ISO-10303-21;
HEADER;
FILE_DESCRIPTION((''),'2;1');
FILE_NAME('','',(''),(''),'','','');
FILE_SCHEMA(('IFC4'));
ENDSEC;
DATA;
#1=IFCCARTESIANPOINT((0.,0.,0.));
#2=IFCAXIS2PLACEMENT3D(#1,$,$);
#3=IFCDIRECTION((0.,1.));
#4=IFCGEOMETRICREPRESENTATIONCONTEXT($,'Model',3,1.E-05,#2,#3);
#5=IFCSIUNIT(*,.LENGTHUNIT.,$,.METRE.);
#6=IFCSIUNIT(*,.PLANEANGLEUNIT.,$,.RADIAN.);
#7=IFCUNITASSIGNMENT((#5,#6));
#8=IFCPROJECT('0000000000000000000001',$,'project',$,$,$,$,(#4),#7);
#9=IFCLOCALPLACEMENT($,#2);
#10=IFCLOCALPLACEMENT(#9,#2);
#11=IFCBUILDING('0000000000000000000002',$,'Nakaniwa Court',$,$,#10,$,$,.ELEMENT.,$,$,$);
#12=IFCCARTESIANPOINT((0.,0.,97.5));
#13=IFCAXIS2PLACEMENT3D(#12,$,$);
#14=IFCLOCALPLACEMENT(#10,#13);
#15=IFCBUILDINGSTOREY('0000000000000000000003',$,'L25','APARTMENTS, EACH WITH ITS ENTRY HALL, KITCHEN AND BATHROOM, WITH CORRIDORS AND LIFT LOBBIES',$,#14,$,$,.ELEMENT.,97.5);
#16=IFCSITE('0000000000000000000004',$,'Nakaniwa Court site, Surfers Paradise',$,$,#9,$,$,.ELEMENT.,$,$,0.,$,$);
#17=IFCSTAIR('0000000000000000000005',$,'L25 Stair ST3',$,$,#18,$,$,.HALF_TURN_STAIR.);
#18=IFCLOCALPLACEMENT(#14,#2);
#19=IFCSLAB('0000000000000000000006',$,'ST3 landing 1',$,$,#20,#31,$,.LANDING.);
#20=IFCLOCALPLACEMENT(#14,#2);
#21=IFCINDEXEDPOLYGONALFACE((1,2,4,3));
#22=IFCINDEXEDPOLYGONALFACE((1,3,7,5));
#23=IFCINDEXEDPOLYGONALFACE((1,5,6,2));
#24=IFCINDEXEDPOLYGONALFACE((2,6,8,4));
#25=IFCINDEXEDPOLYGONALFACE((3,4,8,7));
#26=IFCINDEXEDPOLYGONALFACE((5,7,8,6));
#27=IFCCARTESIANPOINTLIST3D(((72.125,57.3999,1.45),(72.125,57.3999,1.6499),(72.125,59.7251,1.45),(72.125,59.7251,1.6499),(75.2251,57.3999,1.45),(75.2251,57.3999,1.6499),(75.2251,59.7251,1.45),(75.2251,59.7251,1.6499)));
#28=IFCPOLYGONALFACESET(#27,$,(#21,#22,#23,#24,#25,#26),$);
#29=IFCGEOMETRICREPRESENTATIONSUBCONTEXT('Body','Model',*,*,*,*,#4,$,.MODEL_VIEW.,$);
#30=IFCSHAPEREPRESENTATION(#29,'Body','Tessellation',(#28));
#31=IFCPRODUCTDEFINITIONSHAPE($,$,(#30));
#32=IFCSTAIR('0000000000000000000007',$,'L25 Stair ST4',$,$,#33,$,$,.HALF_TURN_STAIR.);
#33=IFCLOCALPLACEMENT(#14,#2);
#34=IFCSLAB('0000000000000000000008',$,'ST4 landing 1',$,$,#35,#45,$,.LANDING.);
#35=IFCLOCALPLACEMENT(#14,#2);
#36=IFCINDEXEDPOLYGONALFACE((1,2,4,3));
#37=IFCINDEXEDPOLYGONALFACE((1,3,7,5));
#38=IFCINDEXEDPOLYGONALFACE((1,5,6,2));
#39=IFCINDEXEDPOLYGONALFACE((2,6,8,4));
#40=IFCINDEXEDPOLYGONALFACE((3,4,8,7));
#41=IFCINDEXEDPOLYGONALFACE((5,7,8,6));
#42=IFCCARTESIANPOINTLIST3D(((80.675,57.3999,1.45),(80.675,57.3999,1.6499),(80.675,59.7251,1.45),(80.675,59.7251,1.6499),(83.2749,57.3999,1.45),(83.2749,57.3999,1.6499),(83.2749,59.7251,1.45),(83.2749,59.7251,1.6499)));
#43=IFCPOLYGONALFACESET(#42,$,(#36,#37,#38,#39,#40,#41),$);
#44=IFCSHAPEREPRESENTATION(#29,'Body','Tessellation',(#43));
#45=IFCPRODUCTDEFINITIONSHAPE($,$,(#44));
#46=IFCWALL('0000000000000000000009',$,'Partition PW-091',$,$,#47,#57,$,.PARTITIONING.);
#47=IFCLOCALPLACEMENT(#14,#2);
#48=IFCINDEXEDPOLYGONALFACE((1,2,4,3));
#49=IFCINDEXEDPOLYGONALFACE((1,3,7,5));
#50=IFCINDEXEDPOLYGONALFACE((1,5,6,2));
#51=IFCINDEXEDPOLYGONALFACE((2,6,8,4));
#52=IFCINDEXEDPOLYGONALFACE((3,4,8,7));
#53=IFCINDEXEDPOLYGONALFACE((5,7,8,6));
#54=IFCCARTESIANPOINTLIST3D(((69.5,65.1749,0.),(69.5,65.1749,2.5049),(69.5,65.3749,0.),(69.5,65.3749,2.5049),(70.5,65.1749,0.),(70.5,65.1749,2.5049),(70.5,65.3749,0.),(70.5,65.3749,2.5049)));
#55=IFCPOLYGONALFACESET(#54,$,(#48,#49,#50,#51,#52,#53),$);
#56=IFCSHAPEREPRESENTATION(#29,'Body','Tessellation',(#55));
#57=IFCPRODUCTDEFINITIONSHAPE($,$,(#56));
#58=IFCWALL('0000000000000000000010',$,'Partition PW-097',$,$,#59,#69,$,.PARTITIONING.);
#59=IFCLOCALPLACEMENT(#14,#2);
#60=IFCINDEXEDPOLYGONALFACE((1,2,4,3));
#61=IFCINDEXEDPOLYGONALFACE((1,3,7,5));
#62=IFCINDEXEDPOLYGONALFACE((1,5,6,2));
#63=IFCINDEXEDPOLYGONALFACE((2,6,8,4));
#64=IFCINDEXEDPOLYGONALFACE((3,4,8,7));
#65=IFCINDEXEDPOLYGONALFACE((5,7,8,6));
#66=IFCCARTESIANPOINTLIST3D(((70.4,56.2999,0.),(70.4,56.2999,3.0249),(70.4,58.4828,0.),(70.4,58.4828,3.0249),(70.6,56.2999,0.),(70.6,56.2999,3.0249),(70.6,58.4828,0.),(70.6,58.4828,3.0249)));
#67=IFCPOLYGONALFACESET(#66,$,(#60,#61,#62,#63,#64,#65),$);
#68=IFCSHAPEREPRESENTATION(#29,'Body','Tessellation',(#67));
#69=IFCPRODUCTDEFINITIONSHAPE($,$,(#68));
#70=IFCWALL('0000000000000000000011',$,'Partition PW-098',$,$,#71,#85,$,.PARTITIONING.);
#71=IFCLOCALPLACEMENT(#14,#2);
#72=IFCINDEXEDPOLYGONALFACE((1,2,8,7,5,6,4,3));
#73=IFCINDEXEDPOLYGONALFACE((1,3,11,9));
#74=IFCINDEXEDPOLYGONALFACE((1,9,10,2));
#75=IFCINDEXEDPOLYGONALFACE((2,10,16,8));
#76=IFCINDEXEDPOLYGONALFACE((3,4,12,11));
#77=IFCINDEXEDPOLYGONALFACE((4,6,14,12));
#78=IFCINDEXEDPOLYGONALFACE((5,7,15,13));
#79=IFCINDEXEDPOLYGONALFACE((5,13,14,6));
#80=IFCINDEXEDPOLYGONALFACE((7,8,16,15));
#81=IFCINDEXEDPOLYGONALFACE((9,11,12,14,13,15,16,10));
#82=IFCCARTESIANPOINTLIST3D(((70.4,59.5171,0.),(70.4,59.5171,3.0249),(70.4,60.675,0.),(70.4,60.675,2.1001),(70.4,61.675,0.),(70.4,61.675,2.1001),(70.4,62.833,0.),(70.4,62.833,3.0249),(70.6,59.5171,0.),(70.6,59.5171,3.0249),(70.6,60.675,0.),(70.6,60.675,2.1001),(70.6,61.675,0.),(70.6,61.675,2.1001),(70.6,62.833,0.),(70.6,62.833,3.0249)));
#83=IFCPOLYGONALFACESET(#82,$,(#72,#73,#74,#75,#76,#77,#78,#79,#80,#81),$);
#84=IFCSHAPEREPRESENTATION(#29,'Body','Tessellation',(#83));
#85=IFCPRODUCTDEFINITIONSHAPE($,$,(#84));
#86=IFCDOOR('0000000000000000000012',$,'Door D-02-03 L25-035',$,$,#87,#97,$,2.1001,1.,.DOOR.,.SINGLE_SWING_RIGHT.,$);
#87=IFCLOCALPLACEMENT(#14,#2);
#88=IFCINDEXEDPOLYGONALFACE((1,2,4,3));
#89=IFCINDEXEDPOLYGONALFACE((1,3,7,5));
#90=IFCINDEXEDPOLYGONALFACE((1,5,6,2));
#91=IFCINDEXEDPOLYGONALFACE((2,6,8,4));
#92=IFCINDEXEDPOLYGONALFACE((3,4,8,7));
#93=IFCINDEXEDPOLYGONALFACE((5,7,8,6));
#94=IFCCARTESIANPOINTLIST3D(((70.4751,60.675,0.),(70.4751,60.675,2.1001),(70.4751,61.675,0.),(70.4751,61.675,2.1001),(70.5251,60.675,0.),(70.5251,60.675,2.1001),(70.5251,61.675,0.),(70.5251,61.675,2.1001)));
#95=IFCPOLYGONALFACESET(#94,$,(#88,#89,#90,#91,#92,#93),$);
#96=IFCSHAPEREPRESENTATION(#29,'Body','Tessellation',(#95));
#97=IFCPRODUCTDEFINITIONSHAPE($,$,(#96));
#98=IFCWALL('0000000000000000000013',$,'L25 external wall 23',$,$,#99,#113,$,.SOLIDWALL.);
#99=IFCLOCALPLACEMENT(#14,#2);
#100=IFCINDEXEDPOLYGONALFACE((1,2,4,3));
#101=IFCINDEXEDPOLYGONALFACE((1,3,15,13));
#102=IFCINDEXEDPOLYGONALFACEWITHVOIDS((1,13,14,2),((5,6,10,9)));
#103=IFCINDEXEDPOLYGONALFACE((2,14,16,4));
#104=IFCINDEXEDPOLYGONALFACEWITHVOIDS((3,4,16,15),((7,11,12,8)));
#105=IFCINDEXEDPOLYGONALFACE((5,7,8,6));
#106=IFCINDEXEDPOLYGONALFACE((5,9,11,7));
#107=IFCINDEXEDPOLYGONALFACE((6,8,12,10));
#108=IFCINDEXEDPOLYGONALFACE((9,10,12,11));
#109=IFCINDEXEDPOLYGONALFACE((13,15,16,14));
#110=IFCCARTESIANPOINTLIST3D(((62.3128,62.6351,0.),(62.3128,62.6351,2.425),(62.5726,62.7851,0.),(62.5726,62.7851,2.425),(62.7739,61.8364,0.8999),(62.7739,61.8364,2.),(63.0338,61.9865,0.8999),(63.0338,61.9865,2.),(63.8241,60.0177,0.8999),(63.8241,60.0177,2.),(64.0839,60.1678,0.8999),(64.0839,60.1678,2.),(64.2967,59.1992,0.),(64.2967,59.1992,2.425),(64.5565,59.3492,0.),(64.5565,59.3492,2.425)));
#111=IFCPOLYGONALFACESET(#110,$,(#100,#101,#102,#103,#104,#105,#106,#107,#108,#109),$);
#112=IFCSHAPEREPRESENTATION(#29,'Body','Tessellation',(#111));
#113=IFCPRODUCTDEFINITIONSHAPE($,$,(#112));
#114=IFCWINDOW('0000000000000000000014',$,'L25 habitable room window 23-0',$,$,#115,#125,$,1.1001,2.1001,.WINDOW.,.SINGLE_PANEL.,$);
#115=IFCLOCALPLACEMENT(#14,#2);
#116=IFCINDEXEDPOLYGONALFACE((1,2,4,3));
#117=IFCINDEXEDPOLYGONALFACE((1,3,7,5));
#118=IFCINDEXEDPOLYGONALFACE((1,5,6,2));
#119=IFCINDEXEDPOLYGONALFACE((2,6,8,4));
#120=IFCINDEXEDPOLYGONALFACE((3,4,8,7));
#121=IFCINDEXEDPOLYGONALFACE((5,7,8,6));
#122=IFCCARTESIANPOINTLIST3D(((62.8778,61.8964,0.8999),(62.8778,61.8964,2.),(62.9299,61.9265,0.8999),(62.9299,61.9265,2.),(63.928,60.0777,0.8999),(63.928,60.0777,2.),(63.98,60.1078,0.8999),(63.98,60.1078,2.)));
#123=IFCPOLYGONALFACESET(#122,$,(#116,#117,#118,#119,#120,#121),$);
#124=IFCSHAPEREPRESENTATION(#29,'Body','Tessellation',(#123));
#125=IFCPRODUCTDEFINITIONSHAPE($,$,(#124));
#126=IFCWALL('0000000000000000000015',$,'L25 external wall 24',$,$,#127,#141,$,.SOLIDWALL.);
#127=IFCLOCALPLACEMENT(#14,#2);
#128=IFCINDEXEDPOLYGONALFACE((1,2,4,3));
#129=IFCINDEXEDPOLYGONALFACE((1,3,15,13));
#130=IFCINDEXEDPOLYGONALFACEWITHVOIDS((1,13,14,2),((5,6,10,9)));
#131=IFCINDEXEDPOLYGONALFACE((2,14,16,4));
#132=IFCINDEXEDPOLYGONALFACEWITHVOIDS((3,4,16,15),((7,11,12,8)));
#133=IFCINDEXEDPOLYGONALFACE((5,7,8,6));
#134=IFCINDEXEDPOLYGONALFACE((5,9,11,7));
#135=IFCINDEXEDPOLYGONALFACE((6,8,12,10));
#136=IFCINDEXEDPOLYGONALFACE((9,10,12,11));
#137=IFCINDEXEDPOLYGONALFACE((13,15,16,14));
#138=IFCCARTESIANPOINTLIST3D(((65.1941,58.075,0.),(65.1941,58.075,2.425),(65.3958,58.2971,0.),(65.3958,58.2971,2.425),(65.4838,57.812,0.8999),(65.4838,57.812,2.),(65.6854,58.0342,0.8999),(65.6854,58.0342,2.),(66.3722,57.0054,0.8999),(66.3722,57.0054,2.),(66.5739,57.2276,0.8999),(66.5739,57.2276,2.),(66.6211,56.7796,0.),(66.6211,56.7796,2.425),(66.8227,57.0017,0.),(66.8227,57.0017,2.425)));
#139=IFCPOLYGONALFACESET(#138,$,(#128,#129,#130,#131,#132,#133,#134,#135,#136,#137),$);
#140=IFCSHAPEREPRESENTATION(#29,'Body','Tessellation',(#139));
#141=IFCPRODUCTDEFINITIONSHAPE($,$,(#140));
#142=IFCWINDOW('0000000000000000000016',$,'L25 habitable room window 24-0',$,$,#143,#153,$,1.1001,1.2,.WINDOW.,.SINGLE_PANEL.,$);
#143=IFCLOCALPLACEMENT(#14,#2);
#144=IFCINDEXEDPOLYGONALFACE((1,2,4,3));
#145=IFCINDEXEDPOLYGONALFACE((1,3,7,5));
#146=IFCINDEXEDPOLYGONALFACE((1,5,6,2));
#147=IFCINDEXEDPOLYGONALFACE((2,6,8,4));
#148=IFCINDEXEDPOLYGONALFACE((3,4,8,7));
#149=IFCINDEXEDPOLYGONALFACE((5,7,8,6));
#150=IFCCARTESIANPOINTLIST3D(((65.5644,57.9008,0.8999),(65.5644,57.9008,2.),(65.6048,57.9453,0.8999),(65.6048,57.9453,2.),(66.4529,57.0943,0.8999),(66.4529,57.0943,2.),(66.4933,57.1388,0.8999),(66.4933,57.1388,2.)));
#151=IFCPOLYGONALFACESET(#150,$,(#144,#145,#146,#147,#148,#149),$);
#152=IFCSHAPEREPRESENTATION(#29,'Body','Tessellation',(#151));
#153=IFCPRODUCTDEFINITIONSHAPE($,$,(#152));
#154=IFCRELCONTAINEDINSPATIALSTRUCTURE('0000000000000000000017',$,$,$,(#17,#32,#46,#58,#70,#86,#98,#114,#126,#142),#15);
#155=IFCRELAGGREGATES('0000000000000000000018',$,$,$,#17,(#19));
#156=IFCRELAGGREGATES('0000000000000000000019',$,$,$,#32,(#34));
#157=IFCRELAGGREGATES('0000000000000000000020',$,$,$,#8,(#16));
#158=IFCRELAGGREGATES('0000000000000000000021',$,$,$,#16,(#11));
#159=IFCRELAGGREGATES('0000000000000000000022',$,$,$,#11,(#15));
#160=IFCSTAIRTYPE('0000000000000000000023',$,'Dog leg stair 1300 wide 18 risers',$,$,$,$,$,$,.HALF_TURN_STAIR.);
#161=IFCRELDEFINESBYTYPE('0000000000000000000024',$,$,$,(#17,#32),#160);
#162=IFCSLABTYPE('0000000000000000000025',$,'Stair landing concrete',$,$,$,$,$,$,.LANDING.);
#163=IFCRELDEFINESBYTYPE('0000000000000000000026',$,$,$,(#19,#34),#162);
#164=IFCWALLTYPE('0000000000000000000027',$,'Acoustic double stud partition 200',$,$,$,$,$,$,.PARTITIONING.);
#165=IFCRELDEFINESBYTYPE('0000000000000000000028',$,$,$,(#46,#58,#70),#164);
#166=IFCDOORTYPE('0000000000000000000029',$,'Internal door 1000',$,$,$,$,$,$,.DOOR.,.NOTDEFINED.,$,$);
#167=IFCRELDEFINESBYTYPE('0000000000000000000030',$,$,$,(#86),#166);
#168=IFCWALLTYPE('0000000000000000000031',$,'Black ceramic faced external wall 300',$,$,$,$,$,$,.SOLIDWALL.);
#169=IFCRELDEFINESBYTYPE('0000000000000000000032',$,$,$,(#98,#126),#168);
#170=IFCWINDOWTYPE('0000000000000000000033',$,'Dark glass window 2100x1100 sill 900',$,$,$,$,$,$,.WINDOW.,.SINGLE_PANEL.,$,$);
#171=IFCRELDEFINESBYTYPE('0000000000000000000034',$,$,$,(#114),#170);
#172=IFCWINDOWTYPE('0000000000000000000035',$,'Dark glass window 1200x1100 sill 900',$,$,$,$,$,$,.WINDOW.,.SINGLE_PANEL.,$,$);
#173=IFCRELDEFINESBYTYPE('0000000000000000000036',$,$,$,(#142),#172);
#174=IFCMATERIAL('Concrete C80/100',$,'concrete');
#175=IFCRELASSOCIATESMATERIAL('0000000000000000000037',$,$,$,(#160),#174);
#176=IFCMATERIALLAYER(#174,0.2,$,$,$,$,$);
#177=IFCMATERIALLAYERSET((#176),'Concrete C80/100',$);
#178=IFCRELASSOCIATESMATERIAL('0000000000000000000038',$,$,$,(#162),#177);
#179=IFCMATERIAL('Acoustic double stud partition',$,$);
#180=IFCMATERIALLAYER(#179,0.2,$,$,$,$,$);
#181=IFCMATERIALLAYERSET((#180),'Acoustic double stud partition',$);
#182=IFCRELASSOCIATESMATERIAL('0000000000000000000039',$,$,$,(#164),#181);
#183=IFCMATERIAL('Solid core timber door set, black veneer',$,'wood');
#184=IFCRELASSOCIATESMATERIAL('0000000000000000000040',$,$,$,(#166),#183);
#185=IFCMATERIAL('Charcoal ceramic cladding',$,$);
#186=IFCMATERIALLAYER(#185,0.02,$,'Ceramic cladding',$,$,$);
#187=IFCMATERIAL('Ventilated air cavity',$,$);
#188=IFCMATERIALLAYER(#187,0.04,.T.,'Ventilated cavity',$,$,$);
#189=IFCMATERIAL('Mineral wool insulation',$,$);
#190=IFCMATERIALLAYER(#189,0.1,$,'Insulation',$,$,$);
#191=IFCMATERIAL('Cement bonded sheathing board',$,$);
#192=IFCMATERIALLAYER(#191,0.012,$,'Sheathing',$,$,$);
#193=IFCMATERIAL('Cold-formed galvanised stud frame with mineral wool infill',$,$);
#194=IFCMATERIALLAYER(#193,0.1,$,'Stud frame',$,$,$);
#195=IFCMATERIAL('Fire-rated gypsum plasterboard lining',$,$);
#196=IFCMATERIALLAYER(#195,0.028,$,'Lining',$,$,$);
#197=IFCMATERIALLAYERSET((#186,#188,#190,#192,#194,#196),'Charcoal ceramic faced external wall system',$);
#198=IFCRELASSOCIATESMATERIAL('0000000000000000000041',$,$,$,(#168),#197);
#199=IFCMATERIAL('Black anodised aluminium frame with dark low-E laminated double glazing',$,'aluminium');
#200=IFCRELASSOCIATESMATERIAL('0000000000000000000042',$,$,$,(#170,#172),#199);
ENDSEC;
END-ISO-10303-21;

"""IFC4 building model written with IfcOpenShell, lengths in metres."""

from ifc_helpers import new_model, si_unit, direction, frame, frame_2d, origin, place, context, subcontext, project, spatial, polyline, rectangle, outline, extrude, material, layer, layer_set, type_object, element, fill, aggregate, save


model = new_model("IFC4")

# Units and contexts
model_context = context("Model", 3, precision=1e-05, world=origin(), true_north=direction((0.0, 1.0)))
body_context = subcontext(model_context, "Body", "Model", "MODEL_VIEW")
ifc_project = project(units=[si_unit("LENGTHUNIT", "METRE"), si_unit("PLANEANGLEUNIT", "RADIAN")], contexts=[model_context])

# Site, building, storey
site_placement = place(None, origin())
site = spatial("IfcSite", under=ifc_project, at=site_placement, Name="Nakaniwa Court site, Surfers Paradise", CompositionType="ELEMENT", RefElevation=0.0)
building_placement = place(site_placement, origin())
building = spatial("IfcBuilding", under=site, at=building_placement, Name="Nakaniwa Court", CompositionType="ELEMENT")
storey_placement = place(building_placement, frame((0.0, 0.0, 97.5)))
storey = spatial("IfcBuildingStorey", under=building, at=storey_placement, Name="L25", Description="APARTMENTS, EACH WITH ITS ENTRY HALL, KITCHEN AND BATHROOM, WITH CORRIDORS AND LIFT LOBBIES", CompositionType="ELEMENT", Elevation=97.5)

# Shared definitions
ifc_material_1 = material(Name="Concrete C80/100", Category="concrete")

# Stairs, slabs
stair_type = type_object("IfcStairType", Name="Dog leg stair 1300 wide 18 risers", PredefinedType="HALF_TURN_STAIR", material=ifc_material_1)
ifc_layer_1 = layer(ifc_material_1, 0.2)
ifc_layer_set_1 = layer_set([ifc_layer_1], Name="Concrete C80/100")
slab_type_1 = type_object("IfcSlabType", Name="Stair landing concrete", PredefinedType="LANDING", material=ifc_layer_set_1)
stair_1_placement = place(storey_placement, origin())
stair_1 = element("IfcStair", 1, at=stair_1_placement, inside=storey, type_object=stair_type, Name="L25 Stair ST3", PredefinedType="HALF_TURN_STAIR")
slab_1_placement = place(storey_placement, frame((0.0, 0.0, 1.45)))
slab_1 = element("IfcSlab", 2, at=slab_1_placement, type_object=slab_type_1, Name="ST3 landing 1", PredefinedType="LANDING", context=body_context, shape_type="SweptSolid", body=[
    extrude(outline(polyline([(75.2251, 57.3999), (75.2251, 59.7251), (72.125, 59.7251), (72.125, 57.3999), (75.2251, 57.3999)])), origin(), (0.0, 0.0, 1.0), 0.2),
])
aggregate(stair_1, [slab_1])
stair_2_placement = place(storey_placement, origin())
stair_2 = element("IfcStair", 3, at=stair_2_placement, inside=storey, type_object=stair_type, Name="L25 Stair ST4", PredefinedType="HALF_TURN_STAIR")
slab_2_placement = place(storey_placement, frame((0.0, 0.0, 1.45)))
slab_2 = element("IfcSlab", 4, at=slab_2_placement, type_object=slab_type_1, Name="ST4 landing 1", PredefinedType="LANDING", context=body_context, shape_type="SweptSolid", body=[
    extrude(outline(polyline([(83.2749, 57.3999), (83.2749, 59.7251), (80.675, 59.7251), (80.675, 57.3999), (83.2749, 57.3999)])), origin(), (0.0, 0.0, 1.0), 0.2),
])
aggregate(stair_2, [slab_2])

# Walls
ifc_material_2 = material(Name="Acoustic double stud partition")
ifc_layer_2 = layer(ifc_material_2, 0.2)
ifc_layer_set_2 = layer_set([ifc_layer_2], Name="Acoustic double stud partition")
wall_type_1 = type_object("IfcWallType", Name="Acoustic double stud partition 200", PredefinedType="PARTITIONING", material=ifc_layer_set_2)
wall_1_placement = place(storey_placement, frame((69.5, 65.2749, 0.0), z_axis=(0.0, 0.0, 1.0), x_axis=(1.0, 0.0, 0.0)))
element("IfcWall", 5, at=wall_1_placement, inside=storey, type_object=wall_type_1, Name="Partition PW-091", PredefinedType="PARTITIONING", context=body_context, shape_type="SweptSolid", body=[
    extrude(rectangle(XDim=1.0, YDim=0.2, at=frame_2d((0.5, 0.0))), origin(), (0.0, 0.0, 1.0), 2.5049),
])
wall_2_placement = place(storey_placement, frame((70.5, 56.3, 0.0), z_axis=(0.0, 0.0, 1.0), x_axis=(0.0, 1.0, 0.0)))
element("IfcWall", 6, at=wall_2_placement, inside=storey, type_object=wall_type_1, Name="Partition PW-097", PredefinedType="PARTITIONING", context=body_context, shape_type="SweptSolid", body=[
    extrude(rectangle(XDim=2.1829, YDim=0.2, at=frame_2d((1.0913, 0.0))), origin(), (0.0, 0.0, 1.0), 3.0249),
])

# Wall, opening, door
wall_3_placement = place(storey_placement, frame((70.5, 59.5171, 0.0), z_axis=(0.0, 0.0, 1.0), x_axis=(0.0, 1.0, 0.0)))
wall_3 = element("IfcWall", 7, at=wall_3_placement, inside=storey, type_object=wall_type_1, Name="Partition PW-098", PredefinedType="PARTITIONING", context=body_context, shape_type="SweptSolid", body=[
    extrude(rectangle(XDim=3.3159, YDim=0.2, at=frame_2d((1.658, 0.0))), origin(), (0.0, 0.0, 1.0), 3.0249),
])
opening_1_placement = place(wall_3_placement, frame((1.158, 0.0, 0.0)))
opening_1 = element("IfcOpeningElement", 8, at=opening_1_placement, cuts=wall_3, PredefinedType="OPENING", context=body_context, shape_type="SweptSolid", body=[
    extrude(rectangle(XDim=1.0, YDim=2.1001, at=frame_2d((0.5, 1.05))), frame((0.0, 0.1099, 0.0), z_axis=(0.0, -1.0, 0.0), x_axis=(1.0, 0.0, 0.0)), (0.0, 0.0, 1.0), 0.22),
])
ifc_material_3 = material(Name="Solid core timber door set, black veneer", Category="wood")
door_type = type_object("IfcDoorType", Name="Internal door 1000", OperationType="NOTDEFINED", PredefinedType="DOOR", material=ifc_material_3)
door_placement = place(opening_1_placement, origin())
door = element("IfcDoor", 9, at=door_placement, inside=storey, type_object=door_type, Name="Door D-02-03 L25-035", OperationType="SINGLE_SWING_RIGHT", OverallHeight=2.1001, OverallWidth=1.0, PredefinedType="DOOR", context=body_context, shape_type="SweptSolid", body=[
    extrude(rectangle(XDim=1.0, YDim=2.1001, at=frame_2d((0.5, 1.05))), frame((0.0, 0.0249, 0.0), z_axis=(0.0, -1.0, 0.0), x_axis=(1.0, 0.0, 0.0)), (0.0, 0.0, 1.0), 0.05),
])
fill(opening_1, door)

# Walls, openings, windows
ifc_material_4 = material(Name="Charcoal ceramic cladding")
ifc_layer_3 = layer(ifc_material_4, 0.02, Name="Ceramic cladding")
ifc_material_5 = material(Name="Ventilated air cavity")
ifc_layer_4 = layer(ifc_material_5, 0.04, ventilated=True, Name="Ventilated cavity")
ifc_material_6 = material(Name="Mineral wool insulation")
ifc_layer_5 = layer(ifc_material_6, 0.1, Name="Insulation")
ifc_material_7 = material(Name="Cement bonded sheathing board")
ifc_layer_6 = layer(ifc_material_7, 0.012, Name="Sheathing")
ifc_material_8 = material(Name="Cold-formed galvanised stud frame with mineral wool infill")
ifc_layer_7 = layer(ifc_material_8, 0.1, Name="Stud frame")
ifc_material_9 = material(Name="Fire-rated gypsum plasterboard lining")
ifc_layer_8 = layer(ifc_material_9, 0.028, Name="Lining")
ifc_layer_set_3 = layer_set([ifc_layer_3, ifc_layer_4, ifc_layer_5, ifc_layer_6, ifc_layer_7, ifc_layer_8], Name="Charcoal ceramic faced external wall system")
wall_type_2 = type_object("IfcWallType", Name="Black ceramic faced external wall 300", PredefinedType="SOLIDWALL", material=ifc_layer_set_3)
wall_4_placement = place(storey_placement, frame((62.4426, 62.7102, 0.0), z_axis=(0.0, 0.0, 1.0), x_axis=(0.500044, -0.866, 0.0)))
wall_4 = element("IfcWall", 10, at=wall_4_placement, inside=storey, type_object=wall_type_2, Name="L25 external wall 23", PredefinedType="SOLIDWALL", context=body_context, shape_type="SweptSolid", body=[
    extrude(rectangle(XDim=3.9675, YDim=0.3, at=frame_2d((1.9839, 0.0))), origin(), (0.0, 0.0, 1.0), 2.425),
])
opening_2_placement = place(wall_4_placement, frame((0.9224, 0.0, 0.8999)))
opening_2 = element("IfcOpeningElement", 11, at=opening_2_placement, cuts=wall_4, PredefinedType="OPENING", context=body_context, shape_type="SweptSolid", body=[
    extrude(rectangle(XDim=2.1001, YDim=1.1001, at=frame_2d((1.05, 0.55))), frame((0.0, 0.1599, 0.0), z_axis=(0.0, -1.0, 0.0), x_axis=(1.0, 0.0, 0.0)), (0.0, 0.0, 1.0), 0.3201),
])
ifc_material_10 = material(Name="Black anodised aluminium frame with dark low-E laminated double glazing", Category="aluminium")
window_type_1 = type_object("IfcWindowType", Name="Dark glass window 2100x1100 sill 900", PartitioningType="SINGLE_PANEL", PredefinedType="WINDOW", material=ifc_material_10)
window_1_placement = place(opening_2_placement, origin())
window_1 = element("IfcWindow", 12, at=window_1_placement, inside=storey, type_object=window_type_1, Name="L25 habitable room window 23-0", OverallHeight=1.1001, OverallWidth=2.1001, PartitioningType="SINGLE_PANEL", PredefinedType="WINDOW", context=body_context, shape_type="SweptSolid", body=[
    extrude(rectangle(XDim=2.1001, YDim=1.1001, at=frame_2d((1.05, 0.55))), frame((0.0, 0.03, 0.0), z_axis=(0.0, -1.0, 0.0), x_axis=(1.0, 0.0, 0.0)), (0.0, 0.0, 1.0), 0.0601),
])
fill(opening_2, window_1)
wall_5_placement = place(storey_placement, frame((65.2949, 58.186, 0.0), z_axis=(0.0, 0.0, 1.0), x_axis=(0.740421, -0.672143, 0.0)))
wall_5 = element("IfcWall", 13, at=wall_5_placement, inside=storey, type_object=wall_type_2, Name="L25 external wall 24", PredefinedType="SOLIDWALL", context=body_context, shape_type="SweptSolid", body=[
    extrude(rectangle(XDim=1.9272, YDim=0.3, at=frame_2d((0.9636, 0.0))), origin(), (0.0, 0.0, 1.0), 2.425),
])
opening_3_placement = place(wall_5_placement, frame((0.3911, 0.0, 0.8999)))
opening_3 = element("IfcOpeningElement", 14, at=opening_3_placement, cuts=wall_5, PredefinedType="OPENING", context=body_context, shape_type="SweptSolid", body=[
    extrude(rectangle(XDim=1.2, YDim=1.1001, at=frame_2d((0.6001, 0.55))), frame((0.0, 0.1599, 0.0), z_axis=(0.0, -1.0, 0.0), x_axis=(1.0, 0.0, 0.0)), (0.0, 0.0, 1.0), 0.3201),
])
window_type_2 = type_object("IfcWindowType", Name="Dark glass window 1200x1100 sill 900", PartitioningType="SINGLE_PANEL", PredefinedType="WINDOW", material=ifc_material_10)
window_2_placement = place(opening_3_placement, origin())
window_2 = element("IfcWindow", 15, at=window_2_placement, inside=storey, type_object=window_type_2, Name="L25 habitable room window 24-0", OverallHeight=1.1001, OverallWidth=1.2, PartitioningType="SINGLE_PANEL", PredefinedType="WINDOW", context=body_context, shape_type="SweptSolid", body=[
    extrude(rectangle(XDim=1.2, YDim=1.1001, at=frame_2d((0.6001, 0.55))), frame((0.0, 0.03, 0.0), z_axis=(0.0, -1.0, 0.0), x_axis=(1.0, 0.0, 0.0)), (0.0, 0.0, 1.0), 0.0601),
])
fill(opening_3, window_2)

save(model, "model.ifc")
